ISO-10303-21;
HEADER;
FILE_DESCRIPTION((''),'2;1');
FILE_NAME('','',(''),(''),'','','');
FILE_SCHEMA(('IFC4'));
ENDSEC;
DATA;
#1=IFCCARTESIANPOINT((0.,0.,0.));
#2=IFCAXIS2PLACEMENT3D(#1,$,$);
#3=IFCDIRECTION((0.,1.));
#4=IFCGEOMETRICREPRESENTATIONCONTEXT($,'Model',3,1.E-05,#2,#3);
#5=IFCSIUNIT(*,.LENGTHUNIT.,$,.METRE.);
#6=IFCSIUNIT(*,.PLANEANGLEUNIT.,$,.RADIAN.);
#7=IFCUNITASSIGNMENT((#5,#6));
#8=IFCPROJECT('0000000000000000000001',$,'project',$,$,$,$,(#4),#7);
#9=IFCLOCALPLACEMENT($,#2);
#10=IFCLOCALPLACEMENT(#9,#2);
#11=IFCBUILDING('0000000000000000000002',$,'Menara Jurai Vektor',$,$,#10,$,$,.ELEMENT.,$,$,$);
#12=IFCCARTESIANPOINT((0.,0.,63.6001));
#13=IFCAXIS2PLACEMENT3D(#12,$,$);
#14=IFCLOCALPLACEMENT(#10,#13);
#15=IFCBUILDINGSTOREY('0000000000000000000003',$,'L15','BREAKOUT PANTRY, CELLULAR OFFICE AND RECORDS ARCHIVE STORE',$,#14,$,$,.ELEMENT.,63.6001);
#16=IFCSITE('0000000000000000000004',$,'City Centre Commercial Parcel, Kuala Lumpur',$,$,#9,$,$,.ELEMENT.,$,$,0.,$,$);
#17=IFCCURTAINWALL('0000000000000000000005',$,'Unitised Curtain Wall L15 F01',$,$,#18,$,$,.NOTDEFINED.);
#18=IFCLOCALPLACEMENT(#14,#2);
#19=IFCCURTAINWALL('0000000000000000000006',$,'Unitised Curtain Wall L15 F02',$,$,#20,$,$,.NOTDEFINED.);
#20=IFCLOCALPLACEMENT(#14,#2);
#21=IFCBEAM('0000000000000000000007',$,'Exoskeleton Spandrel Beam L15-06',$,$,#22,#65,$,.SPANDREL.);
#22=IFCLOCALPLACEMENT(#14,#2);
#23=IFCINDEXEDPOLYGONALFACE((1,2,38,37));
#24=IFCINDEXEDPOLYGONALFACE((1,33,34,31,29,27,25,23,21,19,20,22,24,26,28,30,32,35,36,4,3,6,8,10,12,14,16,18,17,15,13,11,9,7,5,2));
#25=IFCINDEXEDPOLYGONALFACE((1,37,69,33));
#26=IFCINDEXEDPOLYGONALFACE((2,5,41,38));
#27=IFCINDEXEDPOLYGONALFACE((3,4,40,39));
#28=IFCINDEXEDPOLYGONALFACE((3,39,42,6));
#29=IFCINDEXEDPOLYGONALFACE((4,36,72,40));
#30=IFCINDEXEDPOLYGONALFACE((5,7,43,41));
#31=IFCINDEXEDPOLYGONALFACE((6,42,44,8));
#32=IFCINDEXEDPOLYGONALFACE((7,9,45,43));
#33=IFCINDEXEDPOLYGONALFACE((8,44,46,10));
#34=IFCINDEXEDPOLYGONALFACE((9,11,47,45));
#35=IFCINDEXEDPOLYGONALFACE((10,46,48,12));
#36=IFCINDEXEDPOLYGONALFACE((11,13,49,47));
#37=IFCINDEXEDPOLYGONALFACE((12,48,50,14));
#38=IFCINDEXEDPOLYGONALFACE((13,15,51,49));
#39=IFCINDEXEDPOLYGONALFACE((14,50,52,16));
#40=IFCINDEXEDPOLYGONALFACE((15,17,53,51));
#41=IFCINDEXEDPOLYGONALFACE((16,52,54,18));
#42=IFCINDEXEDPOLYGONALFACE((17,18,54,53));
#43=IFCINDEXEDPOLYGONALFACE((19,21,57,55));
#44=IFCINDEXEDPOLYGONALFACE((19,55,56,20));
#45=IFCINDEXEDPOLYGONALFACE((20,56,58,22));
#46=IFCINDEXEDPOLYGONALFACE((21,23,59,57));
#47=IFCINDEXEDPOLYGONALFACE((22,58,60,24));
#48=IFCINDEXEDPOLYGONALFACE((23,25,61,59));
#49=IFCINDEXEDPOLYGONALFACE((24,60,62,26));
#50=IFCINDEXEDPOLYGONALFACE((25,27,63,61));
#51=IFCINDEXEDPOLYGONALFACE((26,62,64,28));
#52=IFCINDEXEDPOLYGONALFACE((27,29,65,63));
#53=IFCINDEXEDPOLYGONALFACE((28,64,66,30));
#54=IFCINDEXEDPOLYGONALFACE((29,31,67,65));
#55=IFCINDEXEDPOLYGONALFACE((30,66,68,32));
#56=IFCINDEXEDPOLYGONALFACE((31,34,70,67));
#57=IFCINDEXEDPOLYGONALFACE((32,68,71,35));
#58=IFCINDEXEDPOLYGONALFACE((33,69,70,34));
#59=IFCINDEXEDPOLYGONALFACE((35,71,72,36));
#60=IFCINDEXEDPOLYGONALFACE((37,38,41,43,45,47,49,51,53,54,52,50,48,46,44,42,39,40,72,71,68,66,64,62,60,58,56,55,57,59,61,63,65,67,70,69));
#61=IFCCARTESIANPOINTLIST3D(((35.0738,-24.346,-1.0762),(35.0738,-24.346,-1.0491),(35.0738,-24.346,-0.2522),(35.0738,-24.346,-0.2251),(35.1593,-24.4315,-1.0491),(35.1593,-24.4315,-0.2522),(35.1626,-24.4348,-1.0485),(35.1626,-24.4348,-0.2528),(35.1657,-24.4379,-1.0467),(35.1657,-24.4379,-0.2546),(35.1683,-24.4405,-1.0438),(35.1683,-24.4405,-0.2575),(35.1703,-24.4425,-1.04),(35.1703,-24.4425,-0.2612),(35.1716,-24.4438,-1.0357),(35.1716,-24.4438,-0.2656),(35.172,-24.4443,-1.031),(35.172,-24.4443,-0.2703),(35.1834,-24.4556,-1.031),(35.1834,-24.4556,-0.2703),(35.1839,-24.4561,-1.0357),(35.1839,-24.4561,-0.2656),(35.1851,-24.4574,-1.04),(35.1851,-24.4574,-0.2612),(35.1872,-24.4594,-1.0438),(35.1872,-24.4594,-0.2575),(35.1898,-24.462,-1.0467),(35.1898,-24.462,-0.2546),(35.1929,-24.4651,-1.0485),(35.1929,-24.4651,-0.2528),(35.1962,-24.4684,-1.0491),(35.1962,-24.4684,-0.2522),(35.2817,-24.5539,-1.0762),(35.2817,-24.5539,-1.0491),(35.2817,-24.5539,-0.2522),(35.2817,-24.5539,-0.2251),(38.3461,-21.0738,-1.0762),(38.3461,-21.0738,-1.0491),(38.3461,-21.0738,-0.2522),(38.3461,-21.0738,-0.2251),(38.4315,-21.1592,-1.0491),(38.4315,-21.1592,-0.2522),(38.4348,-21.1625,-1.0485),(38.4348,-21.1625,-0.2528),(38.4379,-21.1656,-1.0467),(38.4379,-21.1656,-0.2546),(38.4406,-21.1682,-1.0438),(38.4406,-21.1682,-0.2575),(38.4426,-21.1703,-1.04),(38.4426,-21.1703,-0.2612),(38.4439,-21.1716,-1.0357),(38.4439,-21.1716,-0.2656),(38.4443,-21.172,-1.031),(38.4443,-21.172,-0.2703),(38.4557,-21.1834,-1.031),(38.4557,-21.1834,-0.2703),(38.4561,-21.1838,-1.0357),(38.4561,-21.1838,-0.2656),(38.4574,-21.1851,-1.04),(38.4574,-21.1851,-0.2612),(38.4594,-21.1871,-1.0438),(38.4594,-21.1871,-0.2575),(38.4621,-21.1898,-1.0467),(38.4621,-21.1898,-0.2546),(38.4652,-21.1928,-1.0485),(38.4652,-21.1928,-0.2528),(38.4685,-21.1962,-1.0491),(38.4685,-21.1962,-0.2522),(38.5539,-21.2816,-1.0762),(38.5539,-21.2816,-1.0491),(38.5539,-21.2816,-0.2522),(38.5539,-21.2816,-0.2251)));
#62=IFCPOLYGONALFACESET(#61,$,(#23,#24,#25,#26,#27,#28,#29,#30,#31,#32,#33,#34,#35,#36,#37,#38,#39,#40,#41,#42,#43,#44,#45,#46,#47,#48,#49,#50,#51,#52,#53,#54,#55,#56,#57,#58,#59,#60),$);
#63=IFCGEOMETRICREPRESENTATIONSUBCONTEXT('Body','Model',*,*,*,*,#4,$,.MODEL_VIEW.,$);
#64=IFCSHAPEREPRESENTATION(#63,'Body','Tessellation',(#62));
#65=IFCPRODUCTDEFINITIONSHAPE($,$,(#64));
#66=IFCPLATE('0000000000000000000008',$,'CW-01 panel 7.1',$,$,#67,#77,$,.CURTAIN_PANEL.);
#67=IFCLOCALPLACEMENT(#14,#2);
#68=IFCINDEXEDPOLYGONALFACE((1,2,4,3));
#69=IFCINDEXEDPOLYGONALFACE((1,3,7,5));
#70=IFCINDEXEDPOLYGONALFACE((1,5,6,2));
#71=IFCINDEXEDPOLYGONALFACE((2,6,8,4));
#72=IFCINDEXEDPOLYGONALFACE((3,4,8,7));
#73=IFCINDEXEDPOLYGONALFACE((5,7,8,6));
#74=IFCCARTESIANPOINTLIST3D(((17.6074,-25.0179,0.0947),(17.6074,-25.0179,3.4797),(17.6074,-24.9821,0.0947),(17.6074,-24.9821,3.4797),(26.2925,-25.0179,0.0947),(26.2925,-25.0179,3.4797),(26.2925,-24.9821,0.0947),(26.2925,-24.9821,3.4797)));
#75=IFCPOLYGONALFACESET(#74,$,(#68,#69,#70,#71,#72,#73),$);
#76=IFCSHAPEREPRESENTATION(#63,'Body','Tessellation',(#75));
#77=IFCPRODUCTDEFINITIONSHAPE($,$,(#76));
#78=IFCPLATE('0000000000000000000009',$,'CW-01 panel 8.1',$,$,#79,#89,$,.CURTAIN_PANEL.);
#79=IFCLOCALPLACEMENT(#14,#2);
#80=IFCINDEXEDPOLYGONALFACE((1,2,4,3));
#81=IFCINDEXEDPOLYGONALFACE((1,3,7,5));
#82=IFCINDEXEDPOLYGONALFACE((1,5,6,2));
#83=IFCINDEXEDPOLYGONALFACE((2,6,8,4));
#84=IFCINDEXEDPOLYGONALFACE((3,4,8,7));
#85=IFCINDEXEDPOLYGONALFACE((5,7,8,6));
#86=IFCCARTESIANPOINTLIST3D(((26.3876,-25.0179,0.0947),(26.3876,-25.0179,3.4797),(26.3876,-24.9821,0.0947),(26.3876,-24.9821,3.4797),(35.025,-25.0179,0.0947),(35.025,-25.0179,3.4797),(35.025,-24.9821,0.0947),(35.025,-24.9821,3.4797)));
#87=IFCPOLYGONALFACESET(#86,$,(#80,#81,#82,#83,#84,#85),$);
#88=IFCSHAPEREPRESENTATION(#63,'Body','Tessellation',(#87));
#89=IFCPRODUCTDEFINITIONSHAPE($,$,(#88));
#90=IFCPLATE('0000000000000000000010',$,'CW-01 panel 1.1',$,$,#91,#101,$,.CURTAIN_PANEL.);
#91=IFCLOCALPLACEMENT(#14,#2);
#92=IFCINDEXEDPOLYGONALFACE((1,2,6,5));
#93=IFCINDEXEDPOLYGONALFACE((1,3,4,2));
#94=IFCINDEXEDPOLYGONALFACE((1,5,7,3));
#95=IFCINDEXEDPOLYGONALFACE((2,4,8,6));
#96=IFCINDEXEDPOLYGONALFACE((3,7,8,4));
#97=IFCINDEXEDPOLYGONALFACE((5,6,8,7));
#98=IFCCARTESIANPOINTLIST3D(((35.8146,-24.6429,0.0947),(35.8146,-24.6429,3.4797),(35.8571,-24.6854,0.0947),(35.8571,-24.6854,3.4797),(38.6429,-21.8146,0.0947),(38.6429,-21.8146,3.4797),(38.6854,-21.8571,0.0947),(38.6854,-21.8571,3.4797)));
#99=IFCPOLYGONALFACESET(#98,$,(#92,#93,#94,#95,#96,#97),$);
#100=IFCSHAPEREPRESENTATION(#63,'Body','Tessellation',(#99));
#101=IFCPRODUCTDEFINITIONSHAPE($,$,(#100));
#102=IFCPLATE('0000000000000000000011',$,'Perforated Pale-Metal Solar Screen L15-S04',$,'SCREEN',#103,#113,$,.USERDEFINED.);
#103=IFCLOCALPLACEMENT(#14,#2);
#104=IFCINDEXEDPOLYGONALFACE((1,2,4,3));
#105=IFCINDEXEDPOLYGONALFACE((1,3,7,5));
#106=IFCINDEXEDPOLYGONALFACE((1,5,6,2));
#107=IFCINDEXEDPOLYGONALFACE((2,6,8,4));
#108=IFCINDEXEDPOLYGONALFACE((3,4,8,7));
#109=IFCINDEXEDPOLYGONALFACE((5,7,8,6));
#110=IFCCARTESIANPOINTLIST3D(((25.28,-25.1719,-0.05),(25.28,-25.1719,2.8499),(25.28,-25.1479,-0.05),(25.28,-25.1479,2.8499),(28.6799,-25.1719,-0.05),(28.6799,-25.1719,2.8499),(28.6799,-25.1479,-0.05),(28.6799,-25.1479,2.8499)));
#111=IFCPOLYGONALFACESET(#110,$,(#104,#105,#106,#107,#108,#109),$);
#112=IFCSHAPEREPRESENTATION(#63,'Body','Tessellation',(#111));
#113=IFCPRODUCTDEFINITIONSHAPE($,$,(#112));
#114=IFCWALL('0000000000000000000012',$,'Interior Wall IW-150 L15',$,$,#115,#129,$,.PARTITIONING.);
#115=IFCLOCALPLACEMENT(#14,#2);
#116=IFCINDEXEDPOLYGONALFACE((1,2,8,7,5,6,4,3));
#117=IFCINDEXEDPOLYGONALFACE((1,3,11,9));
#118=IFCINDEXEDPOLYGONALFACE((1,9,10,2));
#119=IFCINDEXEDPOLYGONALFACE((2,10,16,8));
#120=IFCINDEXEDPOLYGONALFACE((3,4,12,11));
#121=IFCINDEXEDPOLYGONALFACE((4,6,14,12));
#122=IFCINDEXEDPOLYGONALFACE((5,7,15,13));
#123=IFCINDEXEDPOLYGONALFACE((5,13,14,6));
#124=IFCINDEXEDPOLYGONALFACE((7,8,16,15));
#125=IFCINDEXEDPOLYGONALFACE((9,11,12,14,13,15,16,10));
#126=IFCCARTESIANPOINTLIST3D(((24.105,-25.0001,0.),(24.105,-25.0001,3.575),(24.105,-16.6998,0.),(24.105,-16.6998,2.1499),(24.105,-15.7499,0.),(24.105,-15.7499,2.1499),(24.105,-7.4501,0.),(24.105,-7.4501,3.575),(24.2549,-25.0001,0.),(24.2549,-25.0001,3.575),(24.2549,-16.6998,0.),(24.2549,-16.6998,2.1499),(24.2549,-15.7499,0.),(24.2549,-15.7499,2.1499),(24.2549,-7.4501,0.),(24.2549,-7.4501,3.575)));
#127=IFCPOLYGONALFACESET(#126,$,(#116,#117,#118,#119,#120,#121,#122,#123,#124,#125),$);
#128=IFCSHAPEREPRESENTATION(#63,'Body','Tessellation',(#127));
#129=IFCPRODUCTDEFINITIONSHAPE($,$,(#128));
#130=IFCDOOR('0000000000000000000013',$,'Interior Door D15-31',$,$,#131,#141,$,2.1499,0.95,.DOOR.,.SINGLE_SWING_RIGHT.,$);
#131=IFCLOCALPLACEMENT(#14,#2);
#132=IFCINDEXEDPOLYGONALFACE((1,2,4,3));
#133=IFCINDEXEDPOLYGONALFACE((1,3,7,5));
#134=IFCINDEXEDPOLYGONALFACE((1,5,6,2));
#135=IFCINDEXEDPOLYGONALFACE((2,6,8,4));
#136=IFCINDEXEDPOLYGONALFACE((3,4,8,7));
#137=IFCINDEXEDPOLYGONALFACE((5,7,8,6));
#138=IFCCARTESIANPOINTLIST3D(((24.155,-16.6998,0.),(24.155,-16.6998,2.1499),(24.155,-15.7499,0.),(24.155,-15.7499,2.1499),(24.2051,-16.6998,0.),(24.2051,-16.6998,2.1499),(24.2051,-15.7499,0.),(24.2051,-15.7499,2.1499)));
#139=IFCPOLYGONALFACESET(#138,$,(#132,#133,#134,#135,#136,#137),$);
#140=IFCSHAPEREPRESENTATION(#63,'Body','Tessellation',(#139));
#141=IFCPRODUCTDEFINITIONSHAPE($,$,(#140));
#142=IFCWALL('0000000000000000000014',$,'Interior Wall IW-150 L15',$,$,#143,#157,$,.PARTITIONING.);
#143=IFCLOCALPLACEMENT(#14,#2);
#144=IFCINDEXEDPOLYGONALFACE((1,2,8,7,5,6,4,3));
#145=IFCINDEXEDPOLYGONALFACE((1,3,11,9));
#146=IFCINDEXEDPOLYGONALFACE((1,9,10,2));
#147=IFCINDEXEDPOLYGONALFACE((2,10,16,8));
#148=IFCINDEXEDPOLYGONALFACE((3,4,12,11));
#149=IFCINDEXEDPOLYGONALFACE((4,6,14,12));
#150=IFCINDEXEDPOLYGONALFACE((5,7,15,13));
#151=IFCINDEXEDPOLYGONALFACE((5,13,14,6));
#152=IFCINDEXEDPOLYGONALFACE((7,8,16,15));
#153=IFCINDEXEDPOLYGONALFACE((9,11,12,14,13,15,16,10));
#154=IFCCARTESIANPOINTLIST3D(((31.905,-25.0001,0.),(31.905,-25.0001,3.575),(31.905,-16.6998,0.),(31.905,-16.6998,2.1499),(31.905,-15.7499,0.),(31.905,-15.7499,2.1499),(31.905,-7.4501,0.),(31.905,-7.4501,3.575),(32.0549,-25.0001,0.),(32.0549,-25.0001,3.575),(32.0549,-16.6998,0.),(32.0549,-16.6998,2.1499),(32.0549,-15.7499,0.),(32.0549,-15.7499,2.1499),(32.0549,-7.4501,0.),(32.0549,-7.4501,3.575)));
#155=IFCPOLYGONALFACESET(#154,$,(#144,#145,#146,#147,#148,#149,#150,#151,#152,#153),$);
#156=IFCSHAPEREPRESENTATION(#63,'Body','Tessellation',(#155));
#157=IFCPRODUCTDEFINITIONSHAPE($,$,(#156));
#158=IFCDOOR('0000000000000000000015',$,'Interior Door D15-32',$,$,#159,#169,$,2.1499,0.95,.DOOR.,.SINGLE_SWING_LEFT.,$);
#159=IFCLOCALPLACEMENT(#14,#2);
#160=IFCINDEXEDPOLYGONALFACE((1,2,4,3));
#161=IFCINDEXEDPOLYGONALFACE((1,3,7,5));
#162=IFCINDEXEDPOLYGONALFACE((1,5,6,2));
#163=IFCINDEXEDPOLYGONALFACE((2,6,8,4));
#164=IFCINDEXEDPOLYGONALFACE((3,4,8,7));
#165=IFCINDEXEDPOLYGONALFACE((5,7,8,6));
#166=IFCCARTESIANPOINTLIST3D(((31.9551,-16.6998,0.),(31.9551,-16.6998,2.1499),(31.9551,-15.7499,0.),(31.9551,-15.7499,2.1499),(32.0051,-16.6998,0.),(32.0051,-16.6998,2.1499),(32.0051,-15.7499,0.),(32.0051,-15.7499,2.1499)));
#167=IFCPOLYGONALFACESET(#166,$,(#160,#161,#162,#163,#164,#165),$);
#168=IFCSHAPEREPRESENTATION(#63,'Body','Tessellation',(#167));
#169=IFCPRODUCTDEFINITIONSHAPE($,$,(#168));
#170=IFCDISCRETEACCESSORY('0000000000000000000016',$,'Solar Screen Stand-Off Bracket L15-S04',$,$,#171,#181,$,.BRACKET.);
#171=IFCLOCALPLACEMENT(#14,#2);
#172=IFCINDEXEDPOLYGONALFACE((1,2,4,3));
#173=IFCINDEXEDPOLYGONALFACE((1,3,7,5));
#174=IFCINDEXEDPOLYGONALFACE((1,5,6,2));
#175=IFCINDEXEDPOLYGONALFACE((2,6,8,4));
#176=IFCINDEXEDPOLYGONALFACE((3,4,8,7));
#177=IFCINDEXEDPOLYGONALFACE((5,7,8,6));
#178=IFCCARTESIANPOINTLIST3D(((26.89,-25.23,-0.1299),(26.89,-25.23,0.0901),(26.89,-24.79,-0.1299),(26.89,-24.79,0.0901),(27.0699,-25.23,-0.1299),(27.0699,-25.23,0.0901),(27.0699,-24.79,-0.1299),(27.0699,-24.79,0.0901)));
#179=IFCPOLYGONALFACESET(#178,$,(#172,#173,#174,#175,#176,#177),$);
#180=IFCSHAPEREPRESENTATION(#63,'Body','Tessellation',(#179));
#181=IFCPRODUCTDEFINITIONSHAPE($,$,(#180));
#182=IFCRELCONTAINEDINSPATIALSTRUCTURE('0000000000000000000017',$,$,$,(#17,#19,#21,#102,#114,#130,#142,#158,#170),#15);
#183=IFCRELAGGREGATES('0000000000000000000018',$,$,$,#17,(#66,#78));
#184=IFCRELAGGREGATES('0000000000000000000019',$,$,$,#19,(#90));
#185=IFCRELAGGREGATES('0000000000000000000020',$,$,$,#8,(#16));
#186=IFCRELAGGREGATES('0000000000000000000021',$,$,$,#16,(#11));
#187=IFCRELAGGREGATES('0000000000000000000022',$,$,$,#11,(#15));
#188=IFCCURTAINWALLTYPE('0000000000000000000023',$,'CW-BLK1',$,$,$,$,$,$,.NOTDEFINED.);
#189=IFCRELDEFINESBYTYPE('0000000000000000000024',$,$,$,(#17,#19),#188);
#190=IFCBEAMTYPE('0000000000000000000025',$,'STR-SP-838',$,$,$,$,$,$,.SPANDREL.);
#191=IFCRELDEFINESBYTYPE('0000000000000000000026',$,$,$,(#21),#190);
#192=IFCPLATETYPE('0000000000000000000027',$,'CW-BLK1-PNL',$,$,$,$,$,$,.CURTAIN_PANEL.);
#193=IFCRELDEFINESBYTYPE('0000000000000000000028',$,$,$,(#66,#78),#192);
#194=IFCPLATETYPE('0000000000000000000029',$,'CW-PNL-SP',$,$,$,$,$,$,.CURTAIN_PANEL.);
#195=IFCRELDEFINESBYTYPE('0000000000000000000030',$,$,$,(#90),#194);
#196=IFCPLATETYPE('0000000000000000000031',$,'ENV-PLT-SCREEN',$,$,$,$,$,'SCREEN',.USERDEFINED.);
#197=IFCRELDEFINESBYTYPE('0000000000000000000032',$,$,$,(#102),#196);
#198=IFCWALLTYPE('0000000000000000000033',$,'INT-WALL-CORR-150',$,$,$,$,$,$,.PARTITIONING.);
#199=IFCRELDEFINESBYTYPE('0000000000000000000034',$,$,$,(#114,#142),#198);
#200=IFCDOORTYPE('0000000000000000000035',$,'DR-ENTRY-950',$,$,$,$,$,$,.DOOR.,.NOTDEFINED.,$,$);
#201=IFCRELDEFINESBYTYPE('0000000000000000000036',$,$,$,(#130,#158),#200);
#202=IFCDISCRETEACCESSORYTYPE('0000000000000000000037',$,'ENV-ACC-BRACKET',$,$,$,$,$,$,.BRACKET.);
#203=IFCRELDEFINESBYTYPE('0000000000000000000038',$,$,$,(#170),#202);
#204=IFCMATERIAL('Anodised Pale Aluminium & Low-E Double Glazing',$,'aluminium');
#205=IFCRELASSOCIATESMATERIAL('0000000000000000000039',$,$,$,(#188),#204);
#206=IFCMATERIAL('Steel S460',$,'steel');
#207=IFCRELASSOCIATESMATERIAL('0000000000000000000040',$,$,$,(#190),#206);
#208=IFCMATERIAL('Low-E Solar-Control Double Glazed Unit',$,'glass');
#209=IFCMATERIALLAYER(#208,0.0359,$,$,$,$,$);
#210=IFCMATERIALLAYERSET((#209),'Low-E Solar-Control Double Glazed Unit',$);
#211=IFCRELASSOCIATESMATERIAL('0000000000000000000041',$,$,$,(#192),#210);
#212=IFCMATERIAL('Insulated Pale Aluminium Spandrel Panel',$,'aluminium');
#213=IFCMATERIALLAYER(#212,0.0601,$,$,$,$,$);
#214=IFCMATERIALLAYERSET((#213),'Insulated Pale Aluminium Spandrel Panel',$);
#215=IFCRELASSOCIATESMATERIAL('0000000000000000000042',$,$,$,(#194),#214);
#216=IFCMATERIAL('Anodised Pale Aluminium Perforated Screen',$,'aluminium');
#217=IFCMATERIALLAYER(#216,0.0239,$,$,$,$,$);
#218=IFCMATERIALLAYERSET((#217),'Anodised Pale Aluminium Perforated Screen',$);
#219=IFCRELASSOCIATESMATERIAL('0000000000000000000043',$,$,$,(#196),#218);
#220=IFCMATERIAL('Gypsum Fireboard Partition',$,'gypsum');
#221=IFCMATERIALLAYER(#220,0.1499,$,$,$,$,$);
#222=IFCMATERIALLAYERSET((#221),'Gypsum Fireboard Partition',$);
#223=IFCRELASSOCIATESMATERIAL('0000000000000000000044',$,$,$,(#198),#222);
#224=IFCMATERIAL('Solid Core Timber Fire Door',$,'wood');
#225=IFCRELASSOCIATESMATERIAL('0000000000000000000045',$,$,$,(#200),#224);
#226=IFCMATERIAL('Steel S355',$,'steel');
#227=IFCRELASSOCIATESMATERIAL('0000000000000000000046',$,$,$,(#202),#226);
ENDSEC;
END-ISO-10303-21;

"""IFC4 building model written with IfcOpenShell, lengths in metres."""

from ifc_helpers import new_model, si_unit, direction, frame, frame_2d, origin, origin_2d, place, context, subcontext, project, spatial, rectangle, i_section, extrude, material, layer, layer_set, material_profile, profile_set, type_object, element, fill, aggregate, save


model = new_model("IFC4")

# Units and contexts
model_context = context("Model", 3, precision=1e-05, world=origin(), true_north=direction((0.0, 1.0)))
body_context = subcontext(model_context, "Body", "Model", "MODEL_VIEW")
ifc_project = project(units=[si_unit("LENGTHUNIT", "METRE"), si_unit("PLANEANGLEUNIT", "RADIAN")], contexts=[model_context])

# Site, building, storey
site_placement = place(None, origin())
site = spatial("IfcSite", under=ifc_project, at=site_placement, Name="City Centre Commercial Parcel, Kuala Lumpur", CompositionType="ELEMENT", RefElevation=0.0)
building_placement = place(site_placement, origin())
building = spatial("IfcBuilding", under=site, at=building_placement, Name="Menara Jurai Vektor", CompositionType="ELEMENT")
storey_placement = place(building_placement, frame((0.0, 0.0, 63.6001)))
storey = spatial("IfcBuildingStorey", under=building, at=storey_placement, Name="L15", Description="BREAKOUT PANTRY, CELLULAR OFFICE AND RECORDS ARCHIVE STORE", CompositionType="ELEMENT", Elevation=63.6001)

# Shared definitions
ifc_material_1 = material(Name="Steel S460", Category="steel")

# Curtain walls
ifc_material_2 = material(Name="Anodised Pale Aluminium & Low-E Double Glazing", Category="aluminium")
curtain_wall_type = type_object("IfcCurtainWallType", Name="CW-BLK1", PredefinedType="NOTDEFINED", material=ifc_material_2)
curtain_wall_1_placement = place(storey_placement, origin())
curtain_wall_1 = element("IfcCurtainWall", 1, at=curtain_wall_1_placement, inside=storey, type_object=curtain_wall_type, Name="Unitised Curtain Wall L15 F01", PredefinedType="NOTDEFINED")
curtain_wall_2_placement = place(storey_placement, origin())
curtain_wall_2 = element("IfcCurtainWall", 2, at=curtain_wall_2_placement, inside=storey, type_object=curtain_wall_type, Name="Unitised Curtain Wall L15 F02", PredefinedType="NOTDEFINED")

# Shared definitions
ifc_material_3 = material(Name="Steel S355", Category="steel")

# Beam
ifc_material_profile_1 = material_profile(ifc_material_1, i_section(OverallWidth=0.2939, OverallDepth=0.8511, WebThickness=0.0161, FlangeThickness=0.0271, FilletRadius=0.0181, at=origin_2d()), Name="UKB 838x292x226")
ifc_profile_set_1 = profile_set([ifc_material_profile_1], Name="Steel S460")
beam_type_1 = type_object("IfcBeamType", Name="STR-SP-838", PredefinedType="SPANDREL", material=ifc_profile_set_1)
beam_1_placement = place(storey_placement, frame((35.1777, -24.45, -0.6506), z_axis=(0.707107, 0.707107, 0.0), x_axis=(-0.707107, 0.707107, 0.0)))
element("IfcBeam", 3, at=beam_1_placement, inside=storey, type_object=beam_type_1, Name="Exoskeleton Spandrel Beam L15-06", PredefinedType="SPANDREL", context=body_context, shape_type="SweptSolid", body=[
    extrude(i_section(OverallWidth=0.2939, OverallDepth=0.8511, WebThickness=0.0161, FlangeThickness=0.0271, FilletRadius=0.0181, at=origin_2d()), origin(), (0.0, 0.0, 1.0), 4.6277),
])

# Plates
ifc_material_4 = material(Name="Low-E Solar-Control Double Glazed Unit", Category="glass")
ifc_layer_1 = layer(ifc_material_4, 0.0359)
ifc_layer_set_1 = layer_set([ifc_layer_1], Name="Low-E Solar-Control Double Glazed Unit")
plate_type_1 = type_object("IfcPlateType", Name="CW-BLK1-PNL", PredefinedType="CURTAIN_PANEL", material=ifc_layer_set_1)
plate_1_placement = place(storey_placement, frame((21.95, -25.0, 0.0947), z_axis=(0.0, 0.0, 1.0), x_axis=(1.0, 0.0, 0.0)))
plate_1 = element("IfcPlate", 4, at=plate_1_placement, type_object=plate_type_1, Name="CW-01 panel 7.1", PredefinedType="CURTAIN_PANEL", context=body_context, shape_type="SweptSolid", body=[
    extrude(rectangle(XDim=8.6851, YDim=0.0359, at=origin_2d()), origin(), (0.0, 0.0, 1.0), 3.385),
])
plate_2_placement = place(storey_placement, frame((30.7063, -25.0, 0.0947), z_axis=(0.0, 0.0, 1.0), x_axis=(1.0, 0.0, 0.0)))
plate_2 = element("IfcPlate", 5, at=plate_2_placement, type_object=plate_type_1, Name="CW-01 panel 8.1", PredefinedType="CURTAIN_PANEL", context=body_context, shape_type="SweptSolid", body=[
    extrude(rectangle(XDim=8.6375, YDim=0.0359, at=origin_2d()), origin(), (0.0, 0.0, 1.0), 3.385),
])
aggregate(curtain_wall_1, [plate_1, plate_2])
ifc_material_5 = material(Name="Insulated Pale Aluminium Spandrel Panel", Category="aluminium")
ifc_layer_2 = layer(ifc_material_5, 0.0601)
ifc_layer_set_2 = layer_set([ifc_layer_2], Name="Insulated Pale Aluminium Spandrel Panel")
plate_type_2 = type_object("IfcPlateType", Name="CW-PNL-SP", PredefinedType="CURTAIN_PANEL", material=ifc_layer_set_2)
plate_3_placement = place(storey_placement, frame((37.25, -23.25, 0.0947), z_axis=(0.0, 0.0, 1.0), x_axis=(0.707107, 0.707107, 0.0)))
plate_3 = element("IfcPlate", 6, at=plate_3_placement, type_object=plate_type_2, Name="CW-01 panel 1.1", PredefinedType="CURTAIN_PANEL", context=body_context, shape_type="SweptSolid", body=[
    extrude(rectangle(XDim=3.9998, YDim=0.0601, at=origin_2d()), origin(), (0.0, 0.0, 1.0), 3.385),
])
aggregate(curtain_wall_2, [plate_3])
ifc_material_6 = material(Name="Anodised Pale Aluminium Perforated Screen", Category="aluminium")
ifc_layer_3 = layer(ifc_material_6, 0.0239)
ifc_layer_set_3 = layer_set([ifc_layer_3], Name="Anodised Pale Aluminium Perforated Screen")
plate_type_3 = type_object("IfcPlateType", Name="ENV-PLT-SCREEN", ElementType="SCREEN", PredefinedType="USERDEFINED", material=ifc_layer_set_3)
plate_4_placement = place(storey_placement, frame((26.98, -25.1599, -0.05), z_axis=(0.0, 0.0, 1.0), x_axis=(1.0, 0.0, 0.0)))
element("IfcPlate", 7, at=plate_4_placement, inside=storey, type_object=plate_type_3, Name="Perforated Pale-Metal Solar Screen L15-S04", ObjectType="SCREEN", PredefinedType="USERDEFINED", context=body_context, shape_type="SweptSolid", body=[
    extrude(rectangle(XDim=3.3999, YDim=0.0239, at=origin_2d()), origin(), (0.0, 0.0, 1.0), 2.8999),
])

# Walls, openings, doors
ifc_material_7 = material(Name="Gypsum Fireboard Partition", Category="gypsum")
ifc_layer_4 = layer(ifc_material_7, 0.1499)
ifc_layer_set_4 = layer_set([ifc_layer_4], Name="Gypsum Fireboard Partition")
wall_type = type_object("IfcWallType", Name="INT-WALL-CORR-150", PredefinedType="PARTITIONING", material=ifc_layer_set_4)
wall_1_placement = place(storey_placement, frame((24.1799, -25.0, 0.0), z_axis=(0.0, 0.0, 1.0), x_axis=(0.0, 1.0, 0.0)))
wall_1 = element("IfcWall", 8, at=wall_1_placement, inside=storey, type_object=wall_type, Name="Interior Wall IW-150 L15", PredefinedType="PARTITIONING", context=body_context, shape_type="SweptSolid", body=[
    extrude(rectangle(XDim=17.55, YDim=0.1499, at=frame_2d((8.7749, 0.0))), origin(), (0.0, 0.0, 1.0), 3.575),
])
opening_1_placement = place(wall_1_placement, frame((8.3, 0.0, 0.0)))
opening_1 = element("IfcOpeningElement", 9, at=opening_1_placement, cuts=wall_1, PredefinedType="OPENING", context=body_context, shape_type="SweptSolid", body=[
    extrude(rectangle(XDim=0.95, YDim=2.1499, at=frame_2d((0.4751, 1.075))), frame((0.0, 0.085, 0.0), z_axis=(0.0, -1.0, 0.0), x_axis=(1.0, 0.0, 0.0)), (0.0, 0.0, 1.0), 0.1699),
])
ifc_material_8 = material(Name="Solid Core Timber Fire Door", Category="wood")
door_type = type_object("IfcDoorType", Name="DR-ENTRY-950", OperationType="NOTDEFINED", PredefinedType="DOOR", material=ifc_material_8)
door_1_placement = place(opening_1_placement, origin())
door_1 = element("IfcDoor", 10, at=door_1_placement, inside=storey, type_object=door_type, Name="Interior Door D15-31", OperationType="SINGLE_SWING_RIGHT", OverallHeight=2.1499, OverallWidth=0.95, PredefinedType="DOOR", context=body_context, shape_type="SweptSolid", body=[
    extrude(rectangle(XDim=0.95, YDim=2.1499, at=frame_2d((0.4751, 1.075))), frame((0.0, 0.0249, 0.0), z_axis=(0.0, -1.0, 0.0), x_axis=(1.0, 0.0, 0.0)), (0.0, 0.0, 1.0), 0.05),
])
fill(opening_1, door_1)
wall_2_placement = place(storey_placement, frame((31.98, -25.0, 0.0), z_axis=(0.0, 0.0, 1.0), x_axis=(0.0, 1.0, 0.0)))
wall_2 = element("IfcWall", 11, at=wall_2_placement, inside=storey, type_object=wall_type, Name="Interior Wall IW-150 L15", PredefinedType="PARTITIONING", context=body_context, shape_type="SweptSolid", body=[
    extrude(rectangle(XDim=17.55, YDim=0.1499, at=frame_2d((8.7749, 0.0))), origin(), (0.0, 0.0, 1.0), 3.575),
])
opening_2_placement = place(wall_2_placement, frame((8.3, 0.0, 0.0)))
opening_2 = element("IfcOpeningElement", 12, at=opening_2_placement, cuts=wall_2, PredefinedType="OPENING", context=body_context, shape_type="SweptSolid", body=[
    extrude(rectangle(XDim=0.95, YDim=2.1499, at=frame_2d((0.4751, 1.075))), frame((0.0, 0.085, 0.0), z_axis=(0.0, -1.0, 0.0), x_axis=(1.0, 0.0, 0.0)), (0.0, 0.0, 1.0), 0.1699),
])
door_2_placement = place(opening_2_placement, origin())
door_2 = element("IfcDoor", 13, at=door_2_placement, inside=storey, type_object=door_type, Name="Interior Door D15-32", OperationType="SINGLE_SWING_LEFT", OverallHeight=2.1499, OverallWidth=0.95, PredefinedType="DOOR", context=body_context, shape_type="SweptSolid", body=[
    extrude(rectangle(XDim=0.95, YDim=2.1499, at=frame_2d((0.4751, 1.075))), frame((0.0, 0.0249, 0.0), z_axis=(0.0, -1.0, 0.0), x_axis=(1.0, 0.0, 0.0)), (0.0, 0.0, 1.0), 0.05),
])
fill(opening_2, door_2)

# Discrete accessory
discrete_accessory_type = type_object("IfcDiscreteAccessoryType", Name="ENV-ACC-BRACKET", PredefinedType="BRACKET", material=ifc_material_3)
discrete_accessory_placement = place(storey_placement, frame((26.98, -25.01, -0.1299), z_axis=(0.0, 0.0, 1.0), x_axis=(1.0, 0.0, 0.0)))
element("IfcDiscreteAccessory", 14, at=discrete_accessory_placement, inside=storey, type_object=discrete_accessory_type, Name="Solar Screen Stand-Off Bracket L15-S04", PredefinedType="BRACKET", context=body_context, shape_type="SweptSolid", body=[
    extrude(rectangle(XDim=0.1799, YDim=0.4399, at=origin_2d()), origin(), (0.0, 0.0, 1.0), 0.22),
])

save(model, "model.ifc")
